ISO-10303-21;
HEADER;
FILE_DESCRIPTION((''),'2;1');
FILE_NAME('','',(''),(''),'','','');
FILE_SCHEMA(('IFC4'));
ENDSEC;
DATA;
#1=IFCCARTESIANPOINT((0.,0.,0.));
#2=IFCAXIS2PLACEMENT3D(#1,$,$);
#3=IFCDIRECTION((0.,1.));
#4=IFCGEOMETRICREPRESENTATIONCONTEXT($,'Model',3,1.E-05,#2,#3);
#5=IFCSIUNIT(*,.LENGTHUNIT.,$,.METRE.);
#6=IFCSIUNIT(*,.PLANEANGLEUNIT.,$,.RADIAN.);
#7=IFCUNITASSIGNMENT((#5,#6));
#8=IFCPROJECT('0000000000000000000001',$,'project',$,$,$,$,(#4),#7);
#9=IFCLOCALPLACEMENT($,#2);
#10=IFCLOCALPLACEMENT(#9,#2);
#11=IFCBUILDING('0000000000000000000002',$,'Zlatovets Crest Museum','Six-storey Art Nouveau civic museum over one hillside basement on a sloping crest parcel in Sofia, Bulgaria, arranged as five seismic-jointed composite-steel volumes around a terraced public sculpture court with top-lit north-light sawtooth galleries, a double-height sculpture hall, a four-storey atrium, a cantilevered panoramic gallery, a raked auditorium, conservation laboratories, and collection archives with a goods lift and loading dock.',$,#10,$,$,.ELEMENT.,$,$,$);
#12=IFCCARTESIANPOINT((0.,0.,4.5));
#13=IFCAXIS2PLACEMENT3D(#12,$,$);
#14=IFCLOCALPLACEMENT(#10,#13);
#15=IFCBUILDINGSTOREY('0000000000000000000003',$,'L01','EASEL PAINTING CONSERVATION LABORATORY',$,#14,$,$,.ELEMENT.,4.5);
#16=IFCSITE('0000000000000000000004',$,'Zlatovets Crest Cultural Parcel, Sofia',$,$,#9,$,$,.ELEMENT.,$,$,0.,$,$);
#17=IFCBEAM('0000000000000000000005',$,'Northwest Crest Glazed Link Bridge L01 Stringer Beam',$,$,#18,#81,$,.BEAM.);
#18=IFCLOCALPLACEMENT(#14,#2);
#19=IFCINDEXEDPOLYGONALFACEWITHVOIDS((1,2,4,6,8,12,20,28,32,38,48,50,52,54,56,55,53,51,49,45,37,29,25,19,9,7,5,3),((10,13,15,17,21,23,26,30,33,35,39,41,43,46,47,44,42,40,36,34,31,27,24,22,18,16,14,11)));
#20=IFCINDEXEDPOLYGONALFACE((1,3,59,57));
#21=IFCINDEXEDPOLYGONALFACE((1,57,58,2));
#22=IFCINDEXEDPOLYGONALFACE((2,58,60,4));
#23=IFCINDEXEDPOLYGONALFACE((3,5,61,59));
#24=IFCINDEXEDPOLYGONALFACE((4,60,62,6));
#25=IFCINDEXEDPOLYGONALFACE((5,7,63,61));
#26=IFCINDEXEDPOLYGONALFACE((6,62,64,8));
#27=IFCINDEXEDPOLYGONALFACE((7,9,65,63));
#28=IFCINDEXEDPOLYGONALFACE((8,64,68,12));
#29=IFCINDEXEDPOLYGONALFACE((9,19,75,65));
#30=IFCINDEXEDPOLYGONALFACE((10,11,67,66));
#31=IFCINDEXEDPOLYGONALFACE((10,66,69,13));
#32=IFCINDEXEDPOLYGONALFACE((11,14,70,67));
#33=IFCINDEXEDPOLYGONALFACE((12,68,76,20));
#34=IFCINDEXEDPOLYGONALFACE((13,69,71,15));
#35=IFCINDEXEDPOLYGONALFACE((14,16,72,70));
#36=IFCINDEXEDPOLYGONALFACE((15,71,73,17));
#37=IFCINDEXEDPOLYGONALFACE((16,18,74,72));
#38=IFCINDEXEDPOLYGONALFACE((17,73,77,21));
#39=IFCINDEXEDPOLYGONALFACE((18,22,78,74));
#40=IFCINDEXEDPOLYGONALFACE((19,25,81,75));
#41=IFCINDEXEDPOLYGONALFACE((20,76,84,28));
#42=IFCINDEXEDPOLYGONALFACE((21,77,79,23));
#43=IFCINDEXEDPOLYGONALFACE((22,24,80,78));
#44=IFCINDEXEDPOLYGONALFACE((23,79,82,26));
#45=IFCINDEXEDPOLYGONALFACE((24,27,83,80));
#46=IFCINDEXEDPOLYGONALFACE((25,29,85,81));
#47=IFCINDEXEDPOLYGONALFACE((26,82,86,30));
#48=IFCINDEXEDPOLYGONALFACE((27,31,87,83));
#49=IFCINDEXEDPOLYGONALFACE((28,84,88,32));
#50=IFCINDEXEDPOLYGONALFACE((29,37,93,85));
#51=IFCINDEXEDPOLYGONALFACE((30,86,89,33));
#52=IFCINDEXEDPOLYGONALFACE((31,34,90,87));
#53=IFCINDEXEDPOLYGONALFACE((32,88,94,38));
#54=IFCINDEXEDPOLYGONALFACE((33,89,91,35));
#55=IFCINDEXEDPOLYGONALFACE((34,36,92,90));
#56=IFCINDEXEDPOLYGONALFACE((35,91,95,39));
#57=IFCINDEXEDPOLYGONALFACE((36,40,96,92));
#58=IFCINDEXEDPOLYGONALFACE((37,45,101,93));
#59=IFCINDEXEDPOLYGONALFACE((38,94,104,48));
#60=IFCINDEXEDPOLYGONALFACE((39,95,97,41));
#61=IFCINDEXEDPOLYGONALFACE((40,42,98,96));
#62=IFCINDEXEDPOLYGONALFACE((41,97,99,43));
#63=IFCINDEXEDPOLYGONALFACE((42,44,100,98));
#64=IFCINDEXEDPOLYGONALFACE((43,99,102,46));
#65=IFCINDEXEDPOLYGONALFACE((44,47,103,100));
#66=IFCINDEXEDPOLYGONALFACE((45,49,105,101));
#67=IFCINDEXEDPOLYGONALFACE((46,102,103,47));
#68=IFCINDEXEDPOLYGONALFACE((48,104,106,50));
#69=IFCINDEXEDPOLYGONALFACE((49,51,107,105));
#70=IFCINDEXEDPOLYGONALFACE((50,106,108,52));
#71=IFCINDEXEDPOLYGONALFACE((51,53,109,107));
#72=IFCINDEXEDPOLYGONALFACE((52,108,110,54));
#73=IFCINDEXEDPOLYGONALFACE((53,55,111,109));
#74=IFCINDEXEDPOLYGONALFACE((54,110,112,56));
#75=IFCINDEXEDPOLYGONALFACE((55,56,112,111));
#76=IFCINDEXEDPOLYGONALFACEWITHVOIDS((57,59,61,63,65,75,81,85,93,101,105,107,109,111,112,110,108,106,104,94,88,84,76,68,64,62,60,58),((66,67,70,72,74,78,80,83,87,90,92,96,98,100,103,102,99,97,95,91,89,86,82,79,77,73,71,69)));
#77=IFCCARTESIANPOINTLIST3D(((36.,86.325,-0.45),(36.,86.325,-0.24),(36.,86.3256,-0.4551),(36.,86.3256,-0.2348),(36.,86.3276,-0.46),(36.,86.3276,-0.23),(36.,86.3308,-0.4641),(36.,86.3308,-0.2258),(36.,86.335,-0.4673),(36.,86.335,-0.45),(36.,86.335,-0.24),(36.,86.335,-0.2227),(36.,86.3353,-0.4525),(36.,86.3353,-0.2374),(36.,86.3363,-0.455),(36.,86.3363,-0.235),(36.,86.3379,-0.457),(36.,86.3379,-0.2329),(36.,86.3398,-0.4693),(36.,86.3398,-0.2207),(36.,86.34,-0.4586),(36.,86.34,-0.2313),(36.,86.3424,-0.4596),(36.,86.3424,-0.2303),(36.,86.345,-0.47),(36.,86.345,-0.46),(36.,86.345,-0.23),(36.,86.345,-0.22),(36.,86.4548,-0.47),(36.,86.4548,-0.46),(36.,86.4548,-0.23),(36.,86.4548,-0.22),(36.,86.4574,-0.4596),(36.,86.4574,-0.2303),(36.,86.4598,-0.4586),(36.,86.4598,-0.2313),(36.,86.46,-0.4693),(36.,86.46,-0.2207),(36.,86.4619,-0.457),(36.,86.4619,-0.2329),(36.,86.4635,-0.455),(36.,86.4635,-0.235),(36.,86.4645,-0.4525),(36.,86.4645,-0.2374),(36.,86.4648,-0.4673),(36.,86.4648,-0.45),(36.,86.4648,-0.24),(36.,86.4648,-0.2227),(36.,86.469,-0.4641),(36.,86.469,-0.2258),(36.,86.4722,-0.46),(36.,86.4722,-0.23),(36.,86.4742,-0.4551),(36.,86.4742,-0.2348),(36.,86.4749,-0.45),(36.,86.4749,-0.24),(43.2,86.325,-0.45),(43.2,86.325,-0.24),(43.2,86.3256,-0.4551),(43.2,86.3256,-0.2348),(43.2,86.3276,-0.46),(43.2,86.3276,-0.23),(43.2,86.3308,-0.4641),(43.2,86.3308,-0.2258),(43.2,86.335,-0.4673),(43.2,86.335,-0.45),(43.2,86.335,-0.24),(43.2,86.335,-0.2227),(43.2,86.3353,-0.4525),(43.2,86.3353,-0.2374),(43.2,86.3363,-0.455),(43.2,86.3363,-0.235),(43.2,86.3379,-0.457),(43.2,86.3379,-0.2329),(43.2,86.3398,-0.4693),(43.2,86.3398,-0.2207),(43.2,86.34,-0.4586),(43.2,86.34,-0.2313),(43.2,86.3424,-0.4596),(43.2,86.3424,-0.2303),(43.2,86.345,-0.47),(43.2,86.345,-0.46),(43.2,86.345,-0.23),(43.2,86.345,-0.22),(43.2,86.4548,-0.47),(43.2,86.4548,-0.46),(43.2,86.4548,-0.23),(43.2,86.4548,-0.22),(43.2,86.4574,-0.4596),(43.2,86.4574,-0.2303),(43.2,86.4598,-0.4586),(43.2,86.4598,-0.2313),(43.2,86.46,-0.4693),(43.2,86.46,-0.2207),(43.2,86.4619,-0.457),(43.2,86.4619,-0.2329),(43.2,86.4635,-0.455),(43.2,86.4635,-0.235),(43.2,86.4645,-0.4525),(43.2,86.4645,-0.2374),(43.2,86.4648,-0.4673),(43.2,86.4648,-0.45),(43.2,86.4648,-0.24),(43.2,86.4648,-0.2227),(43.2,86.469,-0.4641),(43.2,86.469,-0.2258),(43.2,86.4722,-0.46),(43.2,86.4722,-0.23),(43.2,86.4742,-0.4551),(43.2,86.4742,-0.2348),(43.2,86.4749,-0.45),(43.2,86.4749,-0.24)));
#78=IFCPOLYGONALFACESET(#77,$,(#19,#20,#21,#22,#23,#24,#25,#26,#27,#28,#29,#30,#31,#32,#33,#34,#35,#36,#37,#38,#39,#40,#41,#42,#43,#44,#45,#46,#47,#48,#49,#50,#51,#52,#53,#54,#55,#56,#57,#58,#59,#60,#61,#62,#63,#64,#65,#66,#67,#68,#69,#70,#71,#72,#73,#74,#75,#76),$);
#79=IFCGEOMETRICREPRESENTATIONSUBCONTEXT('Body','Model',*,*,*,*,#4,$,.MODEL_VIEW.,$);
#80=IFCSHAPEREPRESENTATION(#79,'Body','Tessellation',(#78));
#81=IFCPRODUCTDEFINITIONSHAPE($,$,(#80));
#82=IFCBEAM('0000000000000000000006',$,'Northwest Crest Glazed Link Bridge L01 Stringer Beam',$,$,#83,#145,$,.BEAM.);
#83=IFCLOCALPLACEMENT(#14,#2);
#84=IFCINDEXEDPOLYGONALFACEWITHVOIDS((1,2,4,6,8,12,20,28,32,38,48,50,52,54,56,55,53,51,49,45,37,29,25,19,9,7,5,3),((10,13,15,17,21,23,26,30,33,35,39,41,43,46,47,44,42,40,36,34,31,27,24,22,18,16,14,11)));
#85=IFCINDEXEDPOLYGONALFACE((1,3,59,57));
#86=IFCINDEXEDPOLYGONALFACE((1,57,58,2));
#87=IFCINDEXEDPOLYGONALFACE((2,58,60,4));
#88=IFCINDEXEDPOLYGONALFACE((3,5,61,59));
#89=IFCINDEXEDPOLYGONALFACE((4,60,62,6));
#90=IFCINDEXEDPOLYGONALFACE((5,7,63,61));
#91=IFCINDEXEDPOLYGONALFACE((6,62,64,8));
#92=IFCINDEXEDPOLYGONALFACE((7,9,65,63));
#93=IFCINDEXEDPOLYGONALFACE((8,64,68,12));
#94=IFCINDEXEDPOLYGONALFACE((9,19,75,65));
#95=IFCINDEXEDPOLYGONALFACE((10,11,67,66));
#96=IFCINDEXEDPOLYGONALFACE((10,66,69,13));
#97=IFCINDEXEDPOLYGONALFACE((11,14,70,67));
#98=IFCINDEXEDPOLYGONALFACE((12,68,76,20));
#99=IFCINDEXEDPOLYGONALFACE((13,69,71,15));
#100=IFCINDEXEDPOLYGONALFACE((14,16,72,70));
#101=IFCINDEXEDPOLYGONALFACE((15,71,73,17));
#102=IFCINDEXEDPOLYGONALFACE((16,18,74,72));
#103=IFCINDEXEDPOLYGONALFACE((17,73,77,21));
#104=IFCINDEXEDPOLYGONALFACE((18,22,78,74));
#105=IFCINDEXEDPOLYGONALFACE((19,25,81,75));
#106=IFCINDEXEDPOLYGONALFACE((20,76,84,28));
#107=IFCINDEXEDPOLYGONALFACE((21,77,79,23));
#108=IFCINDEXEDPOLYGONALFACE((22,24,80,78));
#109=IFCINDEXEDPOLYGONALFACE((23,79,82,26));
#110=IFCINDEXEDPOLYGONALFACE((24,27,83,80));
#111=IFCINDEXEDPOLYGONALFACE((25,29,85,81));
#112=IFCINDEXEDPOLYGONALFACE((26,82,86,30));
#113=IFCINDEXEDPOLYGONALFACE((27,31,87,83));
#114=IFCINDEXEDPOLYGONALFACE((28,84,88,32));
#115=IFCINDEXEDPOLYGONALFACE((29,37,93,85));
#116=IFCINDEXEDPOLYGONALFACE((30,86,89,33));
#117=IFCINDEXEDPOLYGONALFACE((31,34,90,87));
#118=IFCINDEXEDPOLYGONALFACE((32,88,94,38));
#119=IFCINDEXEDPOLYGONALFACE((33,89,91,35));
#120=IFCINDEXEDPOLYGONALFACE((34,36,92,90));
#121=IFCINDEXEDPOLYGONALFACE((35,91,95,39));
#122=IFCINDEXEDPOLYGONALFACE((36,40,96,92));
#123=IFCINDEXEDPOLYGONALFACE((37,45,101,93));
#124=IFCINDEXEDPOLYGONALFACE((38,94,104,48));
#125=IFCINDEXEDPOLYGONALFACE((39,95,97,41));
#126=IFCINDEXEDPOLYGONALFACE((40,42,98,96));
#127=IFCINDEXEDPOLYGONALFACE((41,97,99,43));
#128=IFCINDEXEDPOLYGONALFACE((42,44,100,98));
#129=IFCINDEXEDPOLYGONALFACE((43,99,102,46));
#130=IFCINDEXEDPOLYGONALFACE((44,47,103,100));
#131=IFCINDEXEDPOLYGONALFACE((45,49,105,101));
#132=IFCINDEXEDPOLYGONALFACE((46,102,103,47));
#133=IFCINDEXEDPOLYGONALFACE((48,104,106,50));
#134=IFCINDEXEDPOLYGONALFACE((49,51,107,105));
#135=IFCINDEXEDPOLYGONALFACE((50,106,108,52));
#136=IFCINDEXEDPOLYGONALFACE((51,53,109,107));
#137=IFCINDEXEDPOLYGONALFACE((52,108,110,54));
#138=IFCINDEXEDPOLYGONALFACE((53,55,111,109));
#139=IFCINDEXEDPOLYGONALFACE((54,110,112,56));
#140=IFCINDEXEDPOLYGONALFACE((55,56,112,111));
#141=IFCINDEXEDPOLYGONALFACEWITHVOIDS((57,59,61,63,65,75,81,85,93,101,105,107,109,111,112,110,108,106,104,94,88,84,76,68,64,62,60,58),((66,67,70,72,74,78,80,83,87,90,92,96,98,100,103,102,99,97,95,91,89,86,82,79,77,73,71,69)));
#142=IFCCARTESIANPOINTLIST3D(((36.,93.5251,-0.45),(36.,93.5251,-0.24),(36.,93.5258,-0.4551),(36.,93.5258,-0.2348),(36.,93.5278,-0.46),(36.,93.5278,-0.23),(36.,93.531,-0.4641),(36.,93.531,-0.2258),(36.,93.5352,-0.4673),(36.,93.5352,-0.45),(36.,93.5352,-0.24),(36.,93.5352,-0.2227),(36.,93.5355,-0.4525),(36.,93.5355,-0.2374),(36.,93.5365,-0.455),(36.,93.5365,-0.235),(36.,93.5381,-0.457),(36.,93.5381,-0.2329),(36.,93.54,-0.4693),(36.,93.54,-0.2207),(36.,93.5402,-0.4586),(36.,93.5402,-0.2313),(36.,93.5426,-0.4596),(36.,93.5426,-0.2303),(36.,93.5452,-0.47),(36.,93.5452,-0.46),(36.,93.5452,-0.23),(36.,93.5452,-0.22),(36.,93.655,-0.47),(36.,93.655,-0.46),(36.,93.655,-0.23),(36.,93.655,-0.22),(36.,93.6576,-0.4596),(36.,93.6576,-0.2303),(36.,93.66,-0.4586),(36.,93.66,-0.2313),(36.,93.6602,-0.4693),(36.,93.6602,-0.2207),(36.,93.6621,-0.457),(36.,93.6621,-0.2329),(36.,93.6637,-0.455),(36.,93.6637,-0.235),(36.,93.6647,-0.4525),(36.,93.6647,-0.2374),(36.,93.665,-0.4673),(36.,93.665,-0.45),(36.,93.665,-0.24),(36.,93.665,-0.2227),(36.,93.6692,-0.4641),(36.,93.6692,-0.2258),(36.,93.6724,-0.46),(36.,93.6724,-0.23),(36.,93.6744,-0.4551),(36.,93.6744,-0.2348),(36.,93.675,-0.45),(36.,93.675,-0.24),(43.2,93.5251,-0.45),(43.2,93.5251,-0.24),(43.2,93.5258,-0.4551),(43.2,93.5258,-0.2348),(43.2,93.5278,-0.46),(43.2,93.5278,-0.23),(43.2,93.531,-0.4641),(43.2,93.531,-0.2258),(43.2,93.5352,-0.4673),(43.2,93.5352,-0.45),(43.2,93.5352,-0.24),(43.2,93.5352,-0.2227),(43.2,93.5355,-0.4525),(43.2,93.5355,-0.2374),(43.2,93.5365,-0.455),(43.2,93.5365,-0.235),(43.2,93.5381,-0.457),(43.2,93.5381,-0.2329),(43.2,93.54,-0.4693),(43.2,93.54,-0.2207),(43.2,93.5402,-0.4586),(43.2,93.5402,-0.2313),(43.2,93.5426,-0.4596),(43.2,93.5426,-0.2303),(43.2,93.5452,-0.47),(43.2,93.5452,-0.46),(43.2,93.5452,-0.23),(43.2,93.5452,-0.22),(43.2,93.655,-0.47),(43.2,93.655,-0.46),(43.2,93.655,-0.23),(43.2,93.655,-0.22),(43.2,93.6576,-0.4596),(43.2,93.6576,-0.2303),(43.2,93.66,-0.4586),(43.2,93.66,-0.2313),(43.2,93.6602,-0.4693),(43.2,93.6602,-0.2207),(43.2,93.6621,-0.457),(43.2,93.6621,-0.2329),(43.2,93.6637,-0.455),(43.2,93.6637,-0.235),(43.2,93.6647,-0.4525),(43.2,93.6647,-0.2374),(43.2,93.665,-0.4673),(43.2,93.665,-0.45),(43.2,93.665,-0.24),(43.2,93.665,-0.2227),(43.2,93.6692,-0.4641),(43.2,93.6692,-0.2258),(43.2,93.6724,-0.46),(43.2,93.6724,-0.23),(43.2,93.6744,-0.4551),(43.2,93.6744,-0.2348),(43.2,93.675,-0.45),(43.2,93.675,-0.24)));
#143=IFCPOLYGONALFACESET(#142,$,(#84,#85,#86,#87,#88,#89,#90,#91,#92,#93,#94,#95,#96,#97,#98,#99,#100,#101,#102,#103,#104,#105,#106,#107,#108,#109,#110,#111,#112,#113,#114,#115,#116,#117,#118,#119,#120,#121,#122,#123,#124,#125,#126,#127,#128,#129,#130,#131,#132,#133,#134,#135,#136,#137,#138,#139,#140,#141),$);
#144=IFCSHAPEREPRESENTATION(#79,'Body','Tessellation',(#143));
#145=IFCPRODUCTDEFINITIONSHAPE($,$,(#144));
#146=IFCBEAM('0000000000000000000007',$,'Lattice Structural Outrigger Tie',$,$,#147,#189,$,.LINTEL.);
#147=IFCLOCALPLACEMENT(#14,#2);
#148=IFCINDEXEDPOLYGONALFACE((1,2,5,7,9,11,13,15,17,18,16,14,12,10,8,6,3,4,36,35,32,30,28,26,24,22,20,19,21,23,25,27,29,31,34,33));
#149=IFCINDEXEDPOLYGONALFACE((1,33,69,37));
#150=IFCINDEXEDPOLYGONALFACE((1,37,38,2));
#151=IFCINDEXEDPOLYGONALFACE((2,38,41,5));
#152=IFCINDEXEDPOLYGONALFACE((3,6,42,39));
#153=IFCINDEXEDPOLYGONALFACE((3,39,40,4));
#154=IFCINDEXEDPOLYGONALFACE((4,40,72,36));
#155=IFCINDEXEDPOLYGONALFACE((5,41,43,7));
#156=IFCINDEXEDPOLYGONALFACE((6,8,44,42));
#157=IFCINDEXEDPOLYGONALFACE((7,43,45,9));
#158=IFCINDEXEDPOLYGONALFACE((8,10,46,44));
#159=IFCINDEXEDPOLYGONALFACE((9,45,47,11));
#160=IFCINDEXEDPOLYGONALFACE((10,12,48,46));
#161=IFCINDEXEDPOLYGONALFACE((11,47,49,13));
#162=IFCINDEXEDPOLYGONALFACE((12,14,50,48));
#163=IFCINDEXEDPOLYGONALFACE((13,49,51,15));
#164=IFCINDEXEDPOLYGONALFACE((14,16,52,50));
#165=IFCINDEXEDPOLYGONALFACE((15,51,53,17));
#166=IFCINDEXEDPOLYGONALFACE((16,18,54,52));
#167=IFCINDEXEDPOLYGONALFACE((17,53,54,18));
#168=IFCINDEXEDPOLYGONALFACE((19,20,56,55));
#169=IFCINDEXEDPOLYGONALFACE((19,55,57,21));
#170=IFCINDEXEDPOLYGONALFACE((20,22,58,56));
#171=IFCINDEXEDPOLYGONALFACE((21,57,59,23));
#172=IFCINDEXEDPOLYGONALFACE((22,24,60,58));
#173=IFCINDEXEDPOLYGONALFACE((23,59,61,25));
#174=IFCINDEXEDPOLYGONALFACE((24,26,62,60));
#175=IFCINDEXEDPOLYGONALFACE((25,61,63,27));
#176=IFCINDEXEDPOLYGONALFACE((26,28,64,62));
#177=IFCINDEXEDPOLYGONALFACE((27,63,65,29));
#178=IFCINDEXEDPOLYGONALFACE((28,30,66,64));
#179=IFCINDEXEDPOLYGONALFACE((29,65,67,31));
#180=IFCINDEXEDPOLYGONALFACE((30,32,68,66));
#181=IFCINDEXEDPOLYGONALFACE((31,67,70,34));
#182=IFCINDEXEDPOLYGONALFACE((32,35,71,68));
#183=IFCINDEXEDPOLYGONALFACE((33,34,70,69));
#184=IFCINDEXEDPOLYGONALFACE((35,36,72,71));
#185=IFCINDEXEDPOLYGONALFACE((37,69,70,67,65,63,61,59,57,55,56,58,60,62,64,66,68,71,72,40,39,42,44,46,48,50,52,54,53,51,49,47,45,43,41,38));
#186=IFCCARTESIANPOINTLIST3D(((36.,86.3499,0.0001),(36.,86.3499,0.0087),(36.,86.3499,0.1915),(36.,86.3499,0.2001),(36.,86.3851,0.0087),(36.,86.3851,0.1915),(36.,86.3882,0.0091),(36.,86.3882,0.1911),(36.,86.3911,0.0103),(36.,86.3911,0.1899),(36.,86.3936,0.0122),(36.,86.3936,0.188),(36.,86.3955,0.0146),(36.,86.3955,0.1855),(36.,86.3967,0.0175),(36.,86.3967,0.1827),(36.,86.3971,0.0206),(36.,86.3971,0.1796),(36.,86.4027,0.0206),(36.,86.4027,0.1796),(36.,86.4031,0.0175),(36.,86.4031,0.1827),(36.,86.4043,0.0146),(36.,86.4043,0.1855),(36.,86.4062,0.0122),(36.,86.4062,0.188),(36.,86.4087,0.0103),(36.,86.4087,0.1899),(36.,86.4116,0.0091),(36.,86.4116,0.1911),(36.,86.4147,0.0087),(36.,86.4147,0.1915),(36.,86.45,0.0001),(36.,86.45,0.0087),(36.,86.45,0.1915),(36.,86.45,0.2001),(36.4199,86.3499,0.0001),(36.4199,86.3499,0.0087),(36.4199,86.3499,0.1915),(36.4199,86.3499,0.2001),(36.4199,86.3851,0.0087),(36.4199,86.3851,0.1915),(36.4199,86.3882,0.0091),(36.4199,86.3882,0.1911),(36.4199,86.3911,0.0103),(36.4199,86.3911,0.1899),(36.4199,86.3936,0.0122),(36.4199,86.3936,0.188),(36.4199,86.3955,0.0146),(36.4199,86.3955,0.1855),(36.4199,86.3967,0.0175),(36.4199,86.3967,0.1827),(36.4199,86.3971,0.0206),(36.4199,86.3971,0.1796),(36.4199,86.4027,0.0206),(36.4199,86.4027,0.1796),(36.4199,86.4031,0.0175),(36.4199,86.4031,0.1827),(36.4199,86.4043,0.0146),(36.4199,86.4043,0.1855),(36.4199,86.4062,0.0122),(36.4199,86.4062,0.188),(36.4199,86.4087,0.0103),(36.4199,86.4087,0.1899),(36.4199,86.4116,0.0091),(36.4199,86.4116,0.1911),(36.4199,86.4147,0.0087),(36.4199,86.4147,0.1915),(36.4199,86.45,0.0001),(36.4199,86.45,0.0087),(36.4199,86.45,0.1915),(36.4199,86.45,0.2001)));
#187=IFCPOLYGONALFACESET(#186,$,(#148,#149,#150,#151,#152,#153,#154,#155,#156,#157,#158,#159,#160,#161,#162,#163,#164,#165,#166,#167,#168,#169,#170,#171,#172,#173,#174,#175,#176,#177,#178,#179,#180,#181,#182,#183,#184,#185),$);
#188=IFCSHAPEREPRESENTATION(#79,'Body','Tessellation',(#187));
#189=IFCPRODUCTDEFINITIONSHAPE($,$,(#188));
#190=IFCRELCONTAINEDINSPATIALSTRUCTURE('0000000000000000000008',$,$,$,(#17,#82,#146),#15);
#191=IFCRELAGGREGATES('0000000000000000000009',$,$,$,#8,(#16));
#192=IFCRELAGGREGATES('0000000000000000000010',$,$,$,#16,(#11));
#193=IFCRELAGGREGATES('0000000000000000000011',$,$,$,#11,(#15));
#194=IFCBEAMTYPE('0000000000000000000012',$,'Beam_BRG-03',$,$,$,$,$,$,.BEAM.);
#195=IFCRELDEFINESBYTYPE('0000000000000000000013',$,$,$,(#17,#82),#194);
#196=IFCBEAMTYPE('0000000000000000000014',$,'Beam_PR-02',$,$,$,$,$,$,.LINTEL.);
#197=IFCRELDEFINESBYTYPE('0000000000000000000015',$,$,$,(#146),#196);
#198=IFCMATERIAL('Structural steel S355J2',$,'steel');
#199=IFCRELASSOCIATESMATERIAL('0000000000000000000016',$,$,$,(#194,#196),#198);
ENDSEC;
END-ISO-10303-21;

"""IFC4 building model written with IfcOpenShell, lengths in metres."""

from ifc_helpers import new_model, si_unit, direction, frame, origin, origin_2d, place, context, subcontext, project, spatial, hollow_rectangle, i_section, extrude, material, material_profile, profile_set, type_object, element, save


model = new_model("IFC4")

# Units and contexts
model_context = context("Model", 3, precision=1e-05, world=origin(), true_north=direction((0.0, 1.0)))
body_context = subcontext(model_context, "Body", "Model", "MODEL_VIEW")
ifc_project = project(units=[si_unit("LENGTHUNIT", "METRE"), si_unit("PLANEANGLEUNIT", "RADIAN")], contexts=[model_context])

# Site, building, storey
site_placement = place(None, origin())
site = spatial("IfcSite", under=ifc_project, at=site_placement, Name="Zlatovets Crest Cultural Parcel, Sofia", CompositionType="ELEMENT", RefElevation=0.0)
building_placement = place(site_placement, origin())
building = spatial("IfcBuilding", under=site, at=building_placement, Name="Zlatovets Crest Museum", Description="Six-storey Art Nouveau civic museum over one hillside basement on a sloping crest parcel in Sofia, Bulgaria, arranged as five seismic-jointed composite-steel volumes around a terraced public sculpture court with top-lit north-light sawtooth galleries, a double-height sculpture hall, a four-storey atrium, a cantilevered panoramic gallery, a raked auditorium, conservation laboratories, and collection archives with a goods lift and loading dock.", CompositionType="ELEMENT")
storey_placement = place(building_placement, frame((0.0, 0.0, 4.5)))
storey = spatial("IfcBuildingStorey", under=building, at=storey_placement, Name="L01", Description="EASEL PAINTING CONSERVATION LABORATORY", CompositionType="ELEMENT", Elevation=4.5)

# Shared definitions
ifc_material_1 = material(Name="Structural steel S355J2", Category="steel")

# Beams
ifc_material_profile_1 = material_profile(ifc_material_1, hollow_rectangle(XDim=0.1499, YDim=0.25, WallThickness=0.01, InnerFilletRadius=0.01, OuterFilletRadius=0.02, at=origin_2d()), Name="RHS 150x250x10.0")
ifc_profile_set_1 = profile_set([ifc_material_profile_1], Name="Structural steel S355J2")
beam_type_1 = type_object("IfcBeamType", Name="Beam_BRG-03", PredefinedType="BEAM", material=ifc_profile_set_1)
for number, where, z_axis, x_axis, name in (
    (1, (36.0, 86.3999, -0.345), (1.0, 0.0, 0.0), (0.0, 1.0, 0.0), "Northwest Crest Glazed Link Bridge L01 Stringer Beam"),
    (2, (36.0, 93.6001, -0.345), (1.0, 0.0, 0.0), (0.0, 1.0, 0.0), "Northwest Crest Glazed Link Bridge L01 Stringer Beam"),
):
    element("IfcBeam", number, at=place(storey_placement, frame(where, z_axis=z_axis, x_axis=x_axis)), inside=storey, type_object=beam_type_1, Name=name, PredefinedType="BEAM", context=body_context, shape_type="SweptSolid", body=[
        extrude(hollow_rectangle(XDim=0.1499, YDim=0.25, WallThickness=0.01, InnerFilletRadius=0.01, OuterFilletRadius=0.02, at=origin_2d()), origin(), (0.0, 0.0, 1.0), 7.2),
    ])
ifc_material_profile_2 = material_profile(ifc_material_1, i_section(OverallWidth=0.1001, OverallDepth=0.2, WebThickness=0.0056, FlangeThickness=0.0085, FilletRadius=0.012, at=origin_2d()), Name="IPE 200")
ifc_profile_set_2 = profile_set([ifc_material_profile_2], Name="Structural steel S355J2")
beam_type_2 = type_object("IfcBeamType", Name="Beam_PR-02", PredefinedType="LINTEL", material=ifc_profile_set_2)
for number, where, z_axis, x_axis, name in (
    (3, (36.0, 86.3999, 0.1001), (1.0, 0.0, 0.0), (0.0, 1.0, 0.0), "Lattice Structural Outrigger Tie"),
):
    element("IfcBeam", number, at=place(storey_placement, frame(where, z_axis=z_axis, x_axis=x_axis)), inside=storey, type_object=beam_type_2, Name=name, PredefinedType="LINTEL", context=body_context, shape_type="SweptSolid", body=[
        extrude(i_section(OverallWidth=0.1001, OverallDepth=0.2, WebThickness=0.0056, FlangeThickness=0.0085, FilletRadius=0.012, at=origin_2d()), origin(), (0.0, 0.0, 1.0), 0.4199),
    ])

save(model, "model.ifc")
